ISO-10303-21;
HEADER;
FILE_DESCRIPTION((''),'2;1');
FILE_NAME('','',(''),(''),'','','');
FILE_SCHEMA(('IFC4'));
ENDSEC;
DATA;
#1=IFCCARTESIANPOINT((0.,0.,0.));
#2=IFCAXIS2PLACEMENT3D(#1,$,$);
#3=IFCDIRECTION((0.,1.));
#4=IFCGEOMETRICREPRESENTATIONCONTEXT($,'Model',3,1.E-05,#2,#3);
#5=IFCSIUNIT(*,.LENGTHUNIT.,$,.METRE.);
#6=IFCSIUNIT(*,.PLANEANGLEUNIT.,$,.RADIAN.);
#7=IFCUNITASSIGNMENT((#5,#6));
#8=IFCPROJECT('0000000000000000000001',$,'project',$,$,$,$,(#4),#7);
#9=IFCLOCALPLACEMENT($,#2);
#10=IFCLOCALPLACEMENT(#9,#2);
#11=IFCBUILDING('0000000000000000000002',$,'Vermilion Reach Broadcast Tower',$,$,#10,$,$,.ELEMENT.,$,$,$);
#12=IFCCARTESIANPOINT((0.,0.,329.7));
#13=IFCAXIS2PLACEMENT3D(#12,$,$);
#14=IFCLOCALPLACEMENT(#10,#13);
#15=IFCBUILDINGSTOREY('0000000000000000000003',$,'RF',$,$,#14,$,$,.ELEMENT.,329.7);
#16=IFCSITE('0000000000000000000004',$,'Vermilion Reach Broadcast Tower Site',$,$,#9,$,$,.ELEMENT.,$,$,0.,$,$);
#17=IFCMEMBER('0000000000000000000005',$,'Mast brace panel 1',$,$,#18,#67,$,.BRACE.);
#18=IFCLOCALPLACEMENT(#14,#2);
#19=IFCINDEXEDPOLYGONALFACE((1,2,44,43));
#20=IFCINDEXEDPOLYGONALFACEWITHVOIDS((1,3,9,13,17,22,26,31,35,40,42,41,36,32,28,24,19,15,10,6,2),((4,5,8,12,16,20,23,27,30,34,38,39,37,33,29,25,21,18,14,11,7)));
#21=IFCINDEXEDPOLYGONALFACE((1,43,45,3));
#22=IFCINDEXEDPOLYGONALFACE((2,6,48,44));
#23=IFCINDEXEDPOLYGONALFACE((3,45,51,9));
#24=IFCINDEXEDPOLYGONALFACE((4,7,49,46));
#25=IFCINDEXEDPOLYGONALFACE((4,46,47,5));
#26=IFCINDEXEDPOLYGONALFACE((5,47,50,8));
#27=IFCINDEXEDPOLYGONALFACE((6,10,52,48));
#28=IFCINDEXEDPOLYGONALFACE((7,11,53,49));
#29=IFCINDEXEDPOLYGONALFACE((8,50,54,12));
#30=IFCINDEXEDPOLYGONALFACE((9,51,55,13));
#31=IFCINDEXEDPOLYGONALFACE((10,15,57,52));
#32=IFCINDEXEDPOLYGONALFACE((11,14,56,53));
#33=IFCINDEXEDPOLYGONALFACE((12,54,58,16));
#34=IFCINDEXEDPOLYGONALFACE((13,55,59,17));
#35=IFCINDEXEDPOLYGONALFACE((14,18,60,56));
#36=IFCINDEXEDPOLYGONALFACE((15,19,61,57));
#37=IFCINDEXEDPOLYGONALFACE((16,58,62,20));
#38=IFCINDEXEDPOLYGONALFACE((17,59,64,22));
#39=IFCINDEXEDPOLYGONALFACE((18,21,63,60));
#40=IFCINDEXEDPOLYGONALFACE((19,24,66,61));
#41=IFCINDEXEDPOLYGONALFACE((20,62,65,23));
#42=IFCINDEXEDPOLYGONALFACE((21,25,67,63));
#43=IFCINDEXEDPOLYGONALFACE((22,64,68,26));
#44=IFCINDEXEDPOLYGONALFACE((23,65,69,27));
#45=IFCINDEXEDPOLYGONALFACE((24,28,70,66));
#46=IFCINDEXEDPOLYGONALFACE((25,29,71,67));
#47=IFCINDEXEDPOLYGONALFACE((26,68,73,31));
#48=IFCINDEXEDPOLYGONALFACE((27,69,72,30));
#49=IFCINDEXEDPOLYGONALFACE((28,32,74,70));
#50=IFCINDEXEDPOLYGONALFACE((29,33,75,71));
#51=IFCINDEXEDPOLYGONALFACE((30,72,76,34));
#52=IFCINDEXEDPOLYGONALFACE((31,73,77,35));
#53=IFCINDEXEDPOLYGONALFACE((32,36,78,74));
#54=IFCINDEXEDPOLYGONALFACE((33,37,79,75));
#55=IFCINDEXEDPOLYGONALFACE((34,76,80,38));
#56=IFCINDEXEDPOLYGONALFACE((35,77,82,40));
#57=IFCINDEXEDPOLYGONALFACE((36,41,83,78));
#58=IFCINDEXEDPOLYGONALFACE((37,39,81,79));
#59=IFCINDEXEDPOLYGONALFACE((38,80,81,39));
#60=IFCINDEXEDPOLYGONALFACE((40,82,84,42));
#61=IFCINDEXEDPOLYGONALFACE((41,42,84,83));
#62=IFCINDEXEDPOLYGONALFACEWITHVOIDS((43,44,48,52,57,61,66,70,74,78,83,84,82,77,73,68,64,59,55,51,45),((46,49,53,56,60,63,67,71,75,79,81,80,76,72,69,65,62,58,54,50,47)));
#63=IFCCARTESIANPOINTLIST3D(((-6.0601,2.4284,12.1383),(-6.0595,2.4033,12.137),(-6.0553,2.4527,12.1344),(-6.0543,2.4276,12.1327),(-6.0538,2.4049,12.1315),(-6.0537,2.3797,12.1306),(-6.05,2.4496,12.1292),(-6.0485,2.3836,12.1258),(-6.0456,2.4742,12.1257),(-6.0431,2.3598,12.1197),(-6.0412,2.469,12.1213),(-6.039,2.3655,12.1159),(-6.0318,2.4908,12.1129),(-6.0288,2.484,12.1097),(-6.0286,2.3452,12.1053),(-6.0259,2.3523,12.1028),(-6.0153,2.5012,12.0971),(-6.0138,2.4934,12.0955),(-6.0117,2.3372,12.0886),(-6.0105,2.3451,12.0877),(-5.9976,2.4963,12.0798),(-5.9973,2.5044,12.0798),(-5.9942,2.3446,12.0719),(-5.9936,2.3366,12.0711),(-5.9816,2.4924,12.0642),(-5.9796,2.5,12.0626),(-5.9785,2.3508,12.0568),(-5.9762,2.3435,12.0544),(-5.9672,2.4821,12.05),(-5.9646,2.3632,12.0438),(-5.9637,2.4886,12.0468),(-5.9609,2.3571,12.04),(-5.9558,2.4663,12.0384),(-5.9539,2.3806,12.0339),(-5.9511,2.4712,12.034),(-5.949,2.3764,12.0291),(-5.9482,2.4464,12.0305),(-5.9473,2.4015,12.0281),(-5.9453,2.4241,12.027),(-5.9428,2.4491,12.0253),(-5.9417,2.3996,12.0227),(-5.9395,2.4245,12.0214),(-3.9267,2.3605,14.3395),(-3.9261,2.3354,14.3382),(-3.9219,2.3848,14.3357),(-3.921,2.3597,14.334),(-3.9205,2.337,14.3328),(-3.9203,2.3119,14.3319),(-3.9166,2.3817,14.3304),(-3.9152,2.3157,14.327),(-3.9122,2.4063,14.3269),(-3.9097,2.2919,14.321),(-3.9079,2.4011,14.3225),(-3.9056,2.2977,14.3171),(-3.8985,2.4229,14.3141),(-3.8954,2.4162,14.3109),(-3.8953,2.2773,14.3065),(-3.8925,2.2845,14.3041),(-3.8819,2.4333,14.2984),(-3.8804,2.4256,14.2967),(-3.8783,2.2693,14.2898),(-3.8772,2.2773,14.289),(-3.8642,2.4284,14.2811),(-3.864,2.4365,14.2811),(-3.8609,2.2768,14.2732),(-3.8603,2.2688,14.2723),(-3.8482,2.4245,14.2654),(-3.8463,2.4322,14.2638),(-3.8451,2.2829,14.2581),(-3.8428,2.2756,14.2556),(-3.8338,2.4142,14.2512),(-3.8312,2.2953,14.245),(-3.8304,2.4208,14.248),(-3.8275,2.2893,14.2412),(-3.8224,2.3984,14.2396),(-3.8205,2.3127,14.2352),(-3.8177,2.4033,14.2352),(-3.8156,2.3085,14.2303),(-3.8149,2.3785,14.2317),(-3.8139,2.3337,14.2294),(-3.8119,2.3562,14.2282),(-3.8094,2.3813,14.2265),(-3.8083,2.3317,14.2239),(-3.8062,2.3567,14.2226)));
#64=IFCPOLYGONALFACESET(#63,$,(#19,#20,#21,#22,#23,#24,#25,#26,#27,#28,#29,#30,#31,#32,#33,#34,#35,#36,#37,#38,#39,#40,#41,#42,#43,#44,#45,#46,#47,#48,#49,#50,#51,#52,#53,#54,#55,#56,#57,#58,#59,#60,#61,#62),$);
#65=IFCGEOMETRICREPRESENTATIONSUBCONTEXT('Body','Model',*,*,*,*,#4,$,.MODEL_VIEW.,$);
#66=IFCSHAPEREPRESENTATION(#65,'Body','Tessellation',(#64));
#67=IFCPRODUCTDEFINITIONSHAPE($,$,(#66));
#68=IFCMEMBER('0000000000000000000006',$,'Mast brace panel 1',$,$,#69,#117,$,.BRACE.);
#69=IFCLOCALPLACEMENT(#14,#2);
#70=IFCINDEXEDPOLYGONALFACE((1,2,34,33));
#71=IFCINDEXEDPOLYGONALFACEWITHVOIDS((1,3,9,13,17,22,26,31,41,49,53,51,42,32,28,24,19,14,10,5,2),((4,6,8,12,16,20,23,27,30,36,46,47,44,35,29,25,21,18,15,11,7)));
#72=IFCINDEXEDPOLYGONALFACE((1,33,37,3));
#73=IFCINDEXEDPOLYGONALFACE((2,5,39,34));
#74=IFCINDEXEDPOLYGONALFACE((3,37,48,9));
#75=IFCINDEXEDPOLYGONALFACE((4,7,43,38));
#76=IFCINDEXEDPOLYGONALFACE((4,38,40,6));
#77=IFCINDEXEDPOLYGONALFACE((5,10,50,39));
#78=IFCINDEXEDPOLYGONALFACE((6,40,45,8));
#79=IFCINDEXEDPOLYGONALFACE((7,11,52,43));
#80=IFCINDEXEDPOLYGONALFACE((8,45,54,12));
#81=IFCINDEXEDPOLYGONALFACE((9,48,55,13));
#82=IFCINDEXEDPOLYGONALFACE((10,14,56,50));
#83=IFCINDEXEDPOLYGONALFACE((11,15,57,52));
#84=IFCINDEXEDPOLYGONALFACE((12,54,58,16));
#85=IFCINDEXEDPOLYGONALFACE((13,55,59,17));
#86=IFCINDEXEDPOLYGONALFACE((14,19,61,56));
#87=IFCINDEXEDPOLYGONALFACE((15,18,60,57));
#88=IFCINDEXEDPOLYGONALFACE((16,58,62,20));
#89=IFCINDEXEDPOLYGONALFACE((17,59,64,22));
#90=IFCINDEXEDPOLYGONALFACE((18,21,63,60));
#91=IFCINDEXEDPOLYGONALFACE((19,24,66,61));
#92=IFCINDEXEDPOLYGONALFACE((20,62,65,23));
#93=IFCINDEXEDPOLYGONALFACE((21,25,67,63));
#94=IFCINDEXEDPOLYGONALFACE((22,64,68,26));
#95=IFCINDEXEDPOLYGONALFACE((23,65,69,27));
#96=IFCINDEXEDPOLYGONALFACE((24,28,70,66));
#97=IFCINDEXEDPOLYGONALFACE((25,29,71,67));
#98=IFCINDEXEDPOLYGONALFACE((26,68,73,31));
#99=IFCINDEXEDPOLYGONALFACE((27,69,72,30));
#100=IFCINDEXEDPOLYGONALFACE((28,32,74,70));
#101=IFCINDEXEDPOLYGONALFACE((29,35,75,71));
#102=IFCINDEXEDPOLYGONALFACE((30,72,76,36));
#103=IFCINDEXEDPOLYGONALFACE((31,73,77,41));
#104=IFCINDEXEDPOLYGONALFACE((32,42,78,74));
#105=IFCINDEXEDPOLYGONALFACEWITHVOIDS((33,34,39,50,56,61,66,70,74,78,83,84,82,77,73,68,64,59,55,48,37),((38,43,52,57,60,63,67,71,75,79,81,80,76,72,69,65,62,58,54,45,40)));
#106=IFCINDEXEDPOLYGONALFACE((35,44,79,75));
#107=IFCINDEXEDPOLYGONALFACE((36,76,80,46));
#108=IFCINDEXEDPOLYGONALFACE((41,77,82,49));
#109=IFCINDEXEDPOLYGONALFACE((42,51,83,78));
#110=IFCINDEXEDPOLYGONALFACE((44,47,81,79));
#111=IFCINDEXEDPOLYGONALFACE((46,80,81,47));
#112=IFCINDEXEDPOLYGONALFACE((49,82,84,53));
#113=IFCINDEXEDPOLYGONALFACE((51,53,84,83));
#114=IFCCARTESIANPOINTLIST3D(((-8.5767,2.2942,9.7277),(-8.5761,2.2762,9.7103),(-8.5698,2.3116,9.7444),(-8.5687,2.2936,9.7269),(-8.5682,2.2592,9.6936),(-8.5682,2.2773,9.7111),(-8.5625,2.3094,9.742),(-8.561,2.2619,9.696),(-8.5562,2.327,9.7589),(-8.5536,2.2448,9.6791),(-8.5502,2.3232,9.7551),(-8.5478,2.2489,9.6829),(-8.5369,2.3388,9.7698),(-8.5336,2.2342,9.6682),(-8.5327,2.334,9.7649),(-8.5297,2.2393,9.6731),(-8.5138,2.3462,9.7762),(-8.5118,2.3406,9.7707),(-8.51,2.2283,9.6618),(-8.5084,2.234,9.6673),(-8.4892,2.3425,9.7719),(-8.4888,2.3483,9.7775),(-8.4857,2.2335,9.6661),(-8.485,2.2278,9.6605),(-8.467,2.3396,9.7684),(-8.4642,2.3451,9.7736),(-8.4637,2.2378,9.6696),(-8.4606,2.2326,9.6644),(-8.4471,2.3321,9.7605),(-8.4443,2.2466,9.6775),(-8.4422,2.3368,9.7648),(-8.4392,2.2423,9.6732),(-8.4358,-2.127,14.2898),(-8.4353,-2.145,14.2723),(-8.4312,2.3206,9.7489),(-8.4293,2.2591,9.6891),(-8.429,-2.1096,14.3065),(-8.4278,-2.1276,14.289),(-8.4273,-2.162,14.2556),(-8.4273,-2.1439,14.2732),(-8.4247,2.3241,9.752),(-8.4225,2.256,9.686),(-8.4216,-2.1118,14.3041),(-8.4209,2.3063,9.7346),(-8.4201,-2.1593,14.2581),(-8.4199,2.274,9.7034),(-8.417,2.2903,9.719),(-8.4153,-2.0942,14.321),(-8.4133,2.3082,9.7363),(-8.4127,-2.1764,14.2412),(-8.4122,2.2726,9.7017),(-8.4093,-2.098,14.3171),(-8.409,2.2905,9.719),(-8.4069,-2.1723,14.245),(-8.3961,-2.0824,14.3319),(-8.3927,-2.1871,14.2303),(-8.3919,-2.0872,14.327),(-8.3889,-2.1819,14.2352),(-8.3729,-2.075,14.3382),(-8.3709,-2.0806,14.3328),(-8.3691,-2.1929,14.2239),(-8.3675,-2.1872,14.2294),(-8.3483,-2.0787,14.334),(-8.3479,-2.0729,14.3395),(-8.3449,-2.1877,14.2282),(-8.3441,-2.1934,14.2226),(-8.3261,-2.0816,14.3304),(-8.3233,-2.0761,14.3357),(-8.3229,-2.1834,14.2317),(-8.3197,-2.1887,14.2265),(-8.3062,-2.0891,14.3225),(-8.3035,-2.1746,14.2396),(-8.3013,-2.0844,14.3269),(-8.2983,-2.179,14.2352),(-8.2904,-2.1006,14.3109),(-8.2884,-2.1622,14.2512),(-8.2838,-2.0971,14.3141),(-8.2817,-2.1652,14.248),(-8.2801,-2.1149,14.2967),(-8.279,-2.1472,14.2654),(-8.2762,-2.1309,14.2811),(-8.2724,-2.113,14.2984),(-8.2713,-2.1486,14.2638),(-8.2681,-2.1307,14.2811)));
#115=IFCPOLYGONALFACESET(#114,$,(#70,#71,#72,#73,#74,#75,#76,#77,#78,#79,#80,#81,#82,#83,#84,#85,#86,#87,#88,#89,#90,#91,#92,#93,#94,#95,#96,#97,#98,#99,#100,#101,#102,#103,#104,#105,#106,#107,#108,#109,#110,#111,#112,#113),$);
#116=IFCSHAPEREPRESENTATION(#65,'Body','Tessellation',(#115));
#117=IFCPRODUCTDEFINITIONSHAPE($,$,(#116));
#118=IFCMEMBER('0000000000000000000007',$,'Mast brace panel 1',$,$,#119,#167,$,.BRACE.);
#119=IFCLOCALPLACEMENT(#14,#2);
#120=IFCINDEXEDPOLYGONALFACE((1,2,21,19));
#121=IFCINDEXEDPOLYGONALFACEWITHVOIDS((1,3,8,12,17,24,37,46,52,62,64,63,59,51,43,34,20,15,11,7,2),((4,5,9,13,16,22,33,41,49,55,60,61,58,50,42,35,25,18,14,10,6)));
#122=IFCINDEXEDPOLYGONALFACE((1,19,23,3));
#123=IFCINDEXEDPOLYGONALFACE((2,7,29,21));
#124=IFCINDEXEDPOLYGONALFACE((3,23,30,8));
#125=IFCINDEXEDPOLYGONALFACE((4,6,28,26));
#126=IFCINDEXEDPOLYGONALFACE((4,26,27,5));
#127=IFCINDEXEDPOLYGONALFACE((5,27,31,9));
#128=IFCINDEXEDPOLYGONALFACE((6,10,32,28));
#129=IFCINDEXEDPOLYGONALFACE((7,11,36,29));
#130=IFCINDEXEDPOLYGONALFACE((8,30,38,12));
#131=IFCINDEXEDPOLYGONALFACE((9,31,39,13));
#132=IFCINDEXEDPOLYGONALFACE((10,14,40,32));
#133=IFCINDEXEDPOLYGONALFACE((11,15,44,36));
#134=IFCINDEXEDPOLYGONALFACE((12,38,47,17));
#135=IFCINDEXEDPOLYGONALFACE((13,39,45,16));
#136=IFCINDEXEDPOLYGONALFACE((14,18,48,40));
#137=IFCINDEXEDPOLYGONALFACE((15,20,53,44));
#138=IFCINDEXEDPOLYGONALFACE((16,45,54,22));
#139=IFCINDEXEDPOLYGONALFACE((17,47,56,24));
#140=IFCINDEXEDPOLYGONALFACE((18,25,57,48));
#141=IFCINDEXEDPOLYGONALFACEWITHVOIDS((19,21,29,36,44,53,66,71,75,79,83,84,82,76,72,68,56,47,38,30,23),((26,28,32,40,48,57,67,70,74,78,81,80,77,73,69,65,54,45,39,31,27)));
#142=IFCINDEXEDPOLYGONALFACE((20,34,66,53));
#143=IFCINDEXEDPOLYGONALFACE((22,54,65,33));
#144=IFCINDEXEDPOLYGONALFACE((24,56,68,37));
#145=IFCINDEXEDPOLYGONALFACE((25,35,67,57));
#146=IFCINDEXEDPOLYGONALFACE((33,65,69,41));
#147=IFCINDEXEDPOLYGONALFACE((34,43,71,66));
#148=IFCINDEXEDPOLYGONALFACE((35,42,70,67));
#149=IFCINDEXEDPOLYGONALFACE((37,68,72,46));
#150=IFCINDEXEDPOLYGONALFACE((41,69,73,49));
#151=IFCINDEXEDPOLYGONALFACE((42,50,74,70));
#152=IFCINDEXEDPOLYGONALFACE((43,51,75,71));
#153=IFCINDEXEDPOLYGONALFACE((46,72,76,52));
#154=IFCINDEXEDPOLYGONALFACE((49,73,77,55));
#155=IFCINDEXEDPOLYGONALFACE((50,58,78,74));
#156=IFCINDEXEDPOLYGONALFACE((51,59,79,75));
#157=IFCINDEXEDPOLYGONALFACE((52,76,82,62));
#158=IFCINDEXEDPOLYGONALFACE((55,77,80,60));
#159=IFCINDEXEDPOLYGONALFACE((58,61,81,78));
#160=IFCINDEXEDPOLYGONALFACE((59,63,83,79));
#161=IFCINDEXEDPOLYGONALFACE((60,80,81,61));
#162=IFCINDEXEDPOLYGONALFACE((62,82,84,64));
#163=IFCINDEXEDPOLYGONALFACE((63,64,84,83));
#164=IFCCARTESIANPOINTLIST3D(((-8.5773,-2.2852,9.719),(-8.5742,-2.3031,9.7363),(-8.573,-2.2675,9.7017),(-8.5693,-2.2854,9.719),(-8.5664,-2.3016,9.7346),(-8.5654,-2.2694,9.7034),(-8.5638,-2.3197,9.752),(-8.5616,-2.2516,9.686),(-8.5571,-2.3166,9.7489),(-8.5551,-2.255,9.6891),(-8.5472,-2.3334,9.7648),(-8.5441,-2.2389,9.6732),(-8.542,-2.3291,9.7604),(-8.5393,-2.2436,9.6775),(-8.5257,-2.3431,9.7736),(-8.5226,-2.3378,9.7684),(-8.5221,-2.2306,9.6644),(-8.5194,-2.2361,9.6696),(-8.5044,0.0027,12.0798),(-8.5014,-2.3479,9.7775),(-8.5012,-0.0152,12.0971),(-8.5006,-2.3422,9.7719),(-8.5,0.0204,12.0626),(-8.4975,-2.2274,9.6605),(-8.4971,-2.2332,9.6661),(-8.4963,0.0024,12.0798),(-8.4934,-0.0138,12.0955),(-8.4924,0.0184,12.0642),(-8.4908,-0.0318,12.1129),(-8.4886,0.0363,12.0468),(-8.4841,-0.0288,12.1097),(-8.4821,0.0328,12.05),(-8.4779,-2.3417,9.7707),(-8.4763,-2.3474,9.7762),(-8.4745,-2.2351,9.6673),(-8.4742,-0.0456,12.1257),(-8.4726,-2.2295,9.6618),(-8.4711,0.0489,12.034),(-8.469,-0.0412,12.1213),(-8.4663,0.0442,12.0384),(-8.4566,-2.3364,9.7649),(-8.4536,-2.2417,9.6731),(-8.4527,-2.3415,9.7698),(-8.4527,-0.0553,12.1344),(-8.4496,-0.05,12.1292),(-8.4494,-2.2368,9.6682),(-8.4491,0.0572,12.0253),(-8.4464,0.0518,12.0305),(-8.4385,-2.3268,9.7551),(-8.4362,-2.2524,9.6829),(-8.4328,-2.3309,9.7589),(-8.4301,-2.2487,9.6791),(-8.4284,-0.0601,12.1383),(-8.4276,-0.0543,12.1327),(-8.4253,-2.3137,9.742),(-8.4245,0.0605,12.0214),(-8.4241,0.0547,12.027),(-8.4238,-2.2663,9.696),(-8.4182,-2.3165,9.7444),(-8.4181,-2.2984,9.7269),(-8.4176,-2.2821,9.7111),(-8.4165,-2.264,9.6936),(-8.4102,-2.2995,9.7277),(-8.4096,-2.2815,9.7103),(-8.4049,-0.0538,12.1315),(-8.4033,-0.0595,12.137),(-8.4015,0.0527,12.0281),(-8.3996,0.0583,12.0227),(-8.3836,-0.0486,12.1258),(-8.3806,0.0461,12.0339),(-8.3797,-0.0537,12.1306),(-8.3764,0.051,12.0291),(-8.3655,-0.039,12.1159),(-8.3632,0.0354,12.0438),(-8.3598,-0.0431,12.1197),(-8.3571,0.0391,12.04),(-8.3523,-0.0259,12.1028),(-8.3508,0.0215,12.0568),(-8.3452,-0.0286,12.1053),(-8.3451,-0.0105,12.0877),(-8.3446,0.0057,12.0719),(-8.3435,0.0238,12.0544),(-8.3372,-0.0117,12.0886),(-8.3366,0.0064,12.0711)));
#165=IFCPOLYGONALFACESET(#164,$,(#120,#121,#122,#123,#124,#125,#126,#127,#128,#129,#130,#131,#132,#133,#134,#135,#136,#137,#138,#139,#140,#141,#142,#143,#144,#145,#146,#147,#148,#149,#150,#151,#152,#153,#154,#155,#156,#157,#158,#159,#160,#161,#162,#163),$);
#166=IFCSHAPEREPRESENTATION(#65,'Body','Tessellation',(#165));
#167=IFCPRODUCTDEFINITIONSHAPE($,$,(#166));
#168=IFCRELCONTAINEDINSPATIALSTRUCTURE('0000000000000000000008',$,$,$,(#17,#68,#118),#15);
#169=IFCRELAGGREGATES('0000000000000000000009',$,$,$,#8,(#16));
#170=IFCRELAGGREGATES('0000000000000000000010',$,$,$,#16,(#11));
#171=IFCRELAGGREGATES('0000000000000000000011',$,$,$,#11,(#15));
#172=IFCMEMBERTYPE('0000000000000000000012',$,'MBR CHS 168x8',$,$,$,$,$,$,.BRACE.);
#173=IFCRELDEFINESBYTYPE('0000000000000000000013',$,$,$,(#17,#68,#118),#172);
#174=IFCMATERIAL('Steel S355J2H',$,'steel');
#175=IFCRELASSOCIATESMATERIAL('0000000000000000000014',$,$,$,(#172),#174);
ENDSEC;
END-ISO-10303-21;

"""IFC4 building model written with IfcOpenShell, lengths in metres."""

from ifc_helpers import new_model, si_unit, direction, frame, origin, origin_2d, place, context, subcontext, project, spatial, hollow_circle, extrude, material, material_profile, profile_set, type_object, element, save


model = new_model("IFC4")

# Units and contexts
model_context = context("Model", 3, precision=1e-05, world=origin(), true_north=direction((0.0, 1.0)))
body_context = subcontext(model_context, "Body", "Model", "MODEL_VIEW")
ifc_project = project(units=[si_unit("LENGTHUNIT", "METRE"), si_unit("PLANEANGLEUNIT", "RADIAN")], contexts=[model_context])

# Site, building, storey
site_placement = place(None, origin())
site = spatial("IfcSite", under=ifc_project, at=site_placement, Name="Vermilion Reach Broadcast Tower Site", CompositionType="ELEMENT", RefElevation=0.0)
building_placement = place(site_placement, origin())
building = spatial("IfcBuilding", under=site, at=building_placement, Name="Vermilion Reach Broadcast Tower", CompositionType="ELEMENT")
storey_placement = place(building_placement, frame((0.0, 0.0, 329.7)))
storey = spatial("IfcBuildingStorey", under=building, at=storey_placement, Name="RF", CompositionType="ELEMENT", Elevation=329.7)

# Members
ifc_material_1 = material(Name="Steel S355J2H", Category="steel")
ifc_material_profile_1 = material_profile(ifc_material_1, hollow_circle(Radius=0.0842, WallThickness=0.0081, at=origin_2d()), Name="S355J2H CHS 168x8")
ifc_profile_set_1 = profile_set([ifc_material_profile_1], Name="Steel S355J2H")
member_type_1 = type_object("IfcMemberType", Name="MBR CHS 168x8", PredefinedType="BRACE", material=ifc_profile_set_1)
member_1_placement = place(storey_placement, frame((-6.0, 2.4202, 12.0798), z_axis=(0.695779, -0.022136, 0.717915), x_axis=(0.031799, 0.999494, 0.0)))
element("IfcMember", 1, at=member_1_placement, inside=storey, type_object=member_type_1, Name="Mast brace panel 1", PredefinedType="BRACE", context=body_context, shape_type="SweptSolid", body=[
    extrude(hollow_circle(Radius=0.0842, WallThickness=0.0081, at=origin_2d()), origin(), (0.0, 0.0, 1.0), 3.0662),
])
member_2_placement = place(storey_placement, frame((-8.4932, 2.2878, 9.719), z_axis=(0.022169, -0.695762, 0.71793), x_axis=(0.999493, 0.031846, 0.0)))
element("IfcMember", 2, at=member_2_placement, inside=storey, type_object=member_type_1, Name="Mast brace panel 1", PredefinedType="BRACE", context=body_context, shape_type="SweptSolid", body=[
    extrude(hollow_circle(Radius=0.0842, WallThickness=0.0081, at=origin_2d()), origin(), (0.0, 0.0, 1.0), 6.3545),
])
member_3_placement = place(storey_placement, frame((-8.4932, -2.2878, 9.719), z_axis=(0.022199, 0.695746, 0.717945), x_axis=(-0.999491, 0.031891, 0.0)))
element("IfcMember", 3, at=member_3_placement, inside=storey, type_object=member_type_1, Name="Mast brace panel 1", PredefinedType="BRACE", context=body_context, shape_type="SweptSolid", body=[
    extrude(hollow_circle(Radius=0.0842, WallThickness=0.0081, at=origin_2d()), origin(), (0.0, 0.0, 1.0), 3.2883),
])

save(model, "model.ifc")
